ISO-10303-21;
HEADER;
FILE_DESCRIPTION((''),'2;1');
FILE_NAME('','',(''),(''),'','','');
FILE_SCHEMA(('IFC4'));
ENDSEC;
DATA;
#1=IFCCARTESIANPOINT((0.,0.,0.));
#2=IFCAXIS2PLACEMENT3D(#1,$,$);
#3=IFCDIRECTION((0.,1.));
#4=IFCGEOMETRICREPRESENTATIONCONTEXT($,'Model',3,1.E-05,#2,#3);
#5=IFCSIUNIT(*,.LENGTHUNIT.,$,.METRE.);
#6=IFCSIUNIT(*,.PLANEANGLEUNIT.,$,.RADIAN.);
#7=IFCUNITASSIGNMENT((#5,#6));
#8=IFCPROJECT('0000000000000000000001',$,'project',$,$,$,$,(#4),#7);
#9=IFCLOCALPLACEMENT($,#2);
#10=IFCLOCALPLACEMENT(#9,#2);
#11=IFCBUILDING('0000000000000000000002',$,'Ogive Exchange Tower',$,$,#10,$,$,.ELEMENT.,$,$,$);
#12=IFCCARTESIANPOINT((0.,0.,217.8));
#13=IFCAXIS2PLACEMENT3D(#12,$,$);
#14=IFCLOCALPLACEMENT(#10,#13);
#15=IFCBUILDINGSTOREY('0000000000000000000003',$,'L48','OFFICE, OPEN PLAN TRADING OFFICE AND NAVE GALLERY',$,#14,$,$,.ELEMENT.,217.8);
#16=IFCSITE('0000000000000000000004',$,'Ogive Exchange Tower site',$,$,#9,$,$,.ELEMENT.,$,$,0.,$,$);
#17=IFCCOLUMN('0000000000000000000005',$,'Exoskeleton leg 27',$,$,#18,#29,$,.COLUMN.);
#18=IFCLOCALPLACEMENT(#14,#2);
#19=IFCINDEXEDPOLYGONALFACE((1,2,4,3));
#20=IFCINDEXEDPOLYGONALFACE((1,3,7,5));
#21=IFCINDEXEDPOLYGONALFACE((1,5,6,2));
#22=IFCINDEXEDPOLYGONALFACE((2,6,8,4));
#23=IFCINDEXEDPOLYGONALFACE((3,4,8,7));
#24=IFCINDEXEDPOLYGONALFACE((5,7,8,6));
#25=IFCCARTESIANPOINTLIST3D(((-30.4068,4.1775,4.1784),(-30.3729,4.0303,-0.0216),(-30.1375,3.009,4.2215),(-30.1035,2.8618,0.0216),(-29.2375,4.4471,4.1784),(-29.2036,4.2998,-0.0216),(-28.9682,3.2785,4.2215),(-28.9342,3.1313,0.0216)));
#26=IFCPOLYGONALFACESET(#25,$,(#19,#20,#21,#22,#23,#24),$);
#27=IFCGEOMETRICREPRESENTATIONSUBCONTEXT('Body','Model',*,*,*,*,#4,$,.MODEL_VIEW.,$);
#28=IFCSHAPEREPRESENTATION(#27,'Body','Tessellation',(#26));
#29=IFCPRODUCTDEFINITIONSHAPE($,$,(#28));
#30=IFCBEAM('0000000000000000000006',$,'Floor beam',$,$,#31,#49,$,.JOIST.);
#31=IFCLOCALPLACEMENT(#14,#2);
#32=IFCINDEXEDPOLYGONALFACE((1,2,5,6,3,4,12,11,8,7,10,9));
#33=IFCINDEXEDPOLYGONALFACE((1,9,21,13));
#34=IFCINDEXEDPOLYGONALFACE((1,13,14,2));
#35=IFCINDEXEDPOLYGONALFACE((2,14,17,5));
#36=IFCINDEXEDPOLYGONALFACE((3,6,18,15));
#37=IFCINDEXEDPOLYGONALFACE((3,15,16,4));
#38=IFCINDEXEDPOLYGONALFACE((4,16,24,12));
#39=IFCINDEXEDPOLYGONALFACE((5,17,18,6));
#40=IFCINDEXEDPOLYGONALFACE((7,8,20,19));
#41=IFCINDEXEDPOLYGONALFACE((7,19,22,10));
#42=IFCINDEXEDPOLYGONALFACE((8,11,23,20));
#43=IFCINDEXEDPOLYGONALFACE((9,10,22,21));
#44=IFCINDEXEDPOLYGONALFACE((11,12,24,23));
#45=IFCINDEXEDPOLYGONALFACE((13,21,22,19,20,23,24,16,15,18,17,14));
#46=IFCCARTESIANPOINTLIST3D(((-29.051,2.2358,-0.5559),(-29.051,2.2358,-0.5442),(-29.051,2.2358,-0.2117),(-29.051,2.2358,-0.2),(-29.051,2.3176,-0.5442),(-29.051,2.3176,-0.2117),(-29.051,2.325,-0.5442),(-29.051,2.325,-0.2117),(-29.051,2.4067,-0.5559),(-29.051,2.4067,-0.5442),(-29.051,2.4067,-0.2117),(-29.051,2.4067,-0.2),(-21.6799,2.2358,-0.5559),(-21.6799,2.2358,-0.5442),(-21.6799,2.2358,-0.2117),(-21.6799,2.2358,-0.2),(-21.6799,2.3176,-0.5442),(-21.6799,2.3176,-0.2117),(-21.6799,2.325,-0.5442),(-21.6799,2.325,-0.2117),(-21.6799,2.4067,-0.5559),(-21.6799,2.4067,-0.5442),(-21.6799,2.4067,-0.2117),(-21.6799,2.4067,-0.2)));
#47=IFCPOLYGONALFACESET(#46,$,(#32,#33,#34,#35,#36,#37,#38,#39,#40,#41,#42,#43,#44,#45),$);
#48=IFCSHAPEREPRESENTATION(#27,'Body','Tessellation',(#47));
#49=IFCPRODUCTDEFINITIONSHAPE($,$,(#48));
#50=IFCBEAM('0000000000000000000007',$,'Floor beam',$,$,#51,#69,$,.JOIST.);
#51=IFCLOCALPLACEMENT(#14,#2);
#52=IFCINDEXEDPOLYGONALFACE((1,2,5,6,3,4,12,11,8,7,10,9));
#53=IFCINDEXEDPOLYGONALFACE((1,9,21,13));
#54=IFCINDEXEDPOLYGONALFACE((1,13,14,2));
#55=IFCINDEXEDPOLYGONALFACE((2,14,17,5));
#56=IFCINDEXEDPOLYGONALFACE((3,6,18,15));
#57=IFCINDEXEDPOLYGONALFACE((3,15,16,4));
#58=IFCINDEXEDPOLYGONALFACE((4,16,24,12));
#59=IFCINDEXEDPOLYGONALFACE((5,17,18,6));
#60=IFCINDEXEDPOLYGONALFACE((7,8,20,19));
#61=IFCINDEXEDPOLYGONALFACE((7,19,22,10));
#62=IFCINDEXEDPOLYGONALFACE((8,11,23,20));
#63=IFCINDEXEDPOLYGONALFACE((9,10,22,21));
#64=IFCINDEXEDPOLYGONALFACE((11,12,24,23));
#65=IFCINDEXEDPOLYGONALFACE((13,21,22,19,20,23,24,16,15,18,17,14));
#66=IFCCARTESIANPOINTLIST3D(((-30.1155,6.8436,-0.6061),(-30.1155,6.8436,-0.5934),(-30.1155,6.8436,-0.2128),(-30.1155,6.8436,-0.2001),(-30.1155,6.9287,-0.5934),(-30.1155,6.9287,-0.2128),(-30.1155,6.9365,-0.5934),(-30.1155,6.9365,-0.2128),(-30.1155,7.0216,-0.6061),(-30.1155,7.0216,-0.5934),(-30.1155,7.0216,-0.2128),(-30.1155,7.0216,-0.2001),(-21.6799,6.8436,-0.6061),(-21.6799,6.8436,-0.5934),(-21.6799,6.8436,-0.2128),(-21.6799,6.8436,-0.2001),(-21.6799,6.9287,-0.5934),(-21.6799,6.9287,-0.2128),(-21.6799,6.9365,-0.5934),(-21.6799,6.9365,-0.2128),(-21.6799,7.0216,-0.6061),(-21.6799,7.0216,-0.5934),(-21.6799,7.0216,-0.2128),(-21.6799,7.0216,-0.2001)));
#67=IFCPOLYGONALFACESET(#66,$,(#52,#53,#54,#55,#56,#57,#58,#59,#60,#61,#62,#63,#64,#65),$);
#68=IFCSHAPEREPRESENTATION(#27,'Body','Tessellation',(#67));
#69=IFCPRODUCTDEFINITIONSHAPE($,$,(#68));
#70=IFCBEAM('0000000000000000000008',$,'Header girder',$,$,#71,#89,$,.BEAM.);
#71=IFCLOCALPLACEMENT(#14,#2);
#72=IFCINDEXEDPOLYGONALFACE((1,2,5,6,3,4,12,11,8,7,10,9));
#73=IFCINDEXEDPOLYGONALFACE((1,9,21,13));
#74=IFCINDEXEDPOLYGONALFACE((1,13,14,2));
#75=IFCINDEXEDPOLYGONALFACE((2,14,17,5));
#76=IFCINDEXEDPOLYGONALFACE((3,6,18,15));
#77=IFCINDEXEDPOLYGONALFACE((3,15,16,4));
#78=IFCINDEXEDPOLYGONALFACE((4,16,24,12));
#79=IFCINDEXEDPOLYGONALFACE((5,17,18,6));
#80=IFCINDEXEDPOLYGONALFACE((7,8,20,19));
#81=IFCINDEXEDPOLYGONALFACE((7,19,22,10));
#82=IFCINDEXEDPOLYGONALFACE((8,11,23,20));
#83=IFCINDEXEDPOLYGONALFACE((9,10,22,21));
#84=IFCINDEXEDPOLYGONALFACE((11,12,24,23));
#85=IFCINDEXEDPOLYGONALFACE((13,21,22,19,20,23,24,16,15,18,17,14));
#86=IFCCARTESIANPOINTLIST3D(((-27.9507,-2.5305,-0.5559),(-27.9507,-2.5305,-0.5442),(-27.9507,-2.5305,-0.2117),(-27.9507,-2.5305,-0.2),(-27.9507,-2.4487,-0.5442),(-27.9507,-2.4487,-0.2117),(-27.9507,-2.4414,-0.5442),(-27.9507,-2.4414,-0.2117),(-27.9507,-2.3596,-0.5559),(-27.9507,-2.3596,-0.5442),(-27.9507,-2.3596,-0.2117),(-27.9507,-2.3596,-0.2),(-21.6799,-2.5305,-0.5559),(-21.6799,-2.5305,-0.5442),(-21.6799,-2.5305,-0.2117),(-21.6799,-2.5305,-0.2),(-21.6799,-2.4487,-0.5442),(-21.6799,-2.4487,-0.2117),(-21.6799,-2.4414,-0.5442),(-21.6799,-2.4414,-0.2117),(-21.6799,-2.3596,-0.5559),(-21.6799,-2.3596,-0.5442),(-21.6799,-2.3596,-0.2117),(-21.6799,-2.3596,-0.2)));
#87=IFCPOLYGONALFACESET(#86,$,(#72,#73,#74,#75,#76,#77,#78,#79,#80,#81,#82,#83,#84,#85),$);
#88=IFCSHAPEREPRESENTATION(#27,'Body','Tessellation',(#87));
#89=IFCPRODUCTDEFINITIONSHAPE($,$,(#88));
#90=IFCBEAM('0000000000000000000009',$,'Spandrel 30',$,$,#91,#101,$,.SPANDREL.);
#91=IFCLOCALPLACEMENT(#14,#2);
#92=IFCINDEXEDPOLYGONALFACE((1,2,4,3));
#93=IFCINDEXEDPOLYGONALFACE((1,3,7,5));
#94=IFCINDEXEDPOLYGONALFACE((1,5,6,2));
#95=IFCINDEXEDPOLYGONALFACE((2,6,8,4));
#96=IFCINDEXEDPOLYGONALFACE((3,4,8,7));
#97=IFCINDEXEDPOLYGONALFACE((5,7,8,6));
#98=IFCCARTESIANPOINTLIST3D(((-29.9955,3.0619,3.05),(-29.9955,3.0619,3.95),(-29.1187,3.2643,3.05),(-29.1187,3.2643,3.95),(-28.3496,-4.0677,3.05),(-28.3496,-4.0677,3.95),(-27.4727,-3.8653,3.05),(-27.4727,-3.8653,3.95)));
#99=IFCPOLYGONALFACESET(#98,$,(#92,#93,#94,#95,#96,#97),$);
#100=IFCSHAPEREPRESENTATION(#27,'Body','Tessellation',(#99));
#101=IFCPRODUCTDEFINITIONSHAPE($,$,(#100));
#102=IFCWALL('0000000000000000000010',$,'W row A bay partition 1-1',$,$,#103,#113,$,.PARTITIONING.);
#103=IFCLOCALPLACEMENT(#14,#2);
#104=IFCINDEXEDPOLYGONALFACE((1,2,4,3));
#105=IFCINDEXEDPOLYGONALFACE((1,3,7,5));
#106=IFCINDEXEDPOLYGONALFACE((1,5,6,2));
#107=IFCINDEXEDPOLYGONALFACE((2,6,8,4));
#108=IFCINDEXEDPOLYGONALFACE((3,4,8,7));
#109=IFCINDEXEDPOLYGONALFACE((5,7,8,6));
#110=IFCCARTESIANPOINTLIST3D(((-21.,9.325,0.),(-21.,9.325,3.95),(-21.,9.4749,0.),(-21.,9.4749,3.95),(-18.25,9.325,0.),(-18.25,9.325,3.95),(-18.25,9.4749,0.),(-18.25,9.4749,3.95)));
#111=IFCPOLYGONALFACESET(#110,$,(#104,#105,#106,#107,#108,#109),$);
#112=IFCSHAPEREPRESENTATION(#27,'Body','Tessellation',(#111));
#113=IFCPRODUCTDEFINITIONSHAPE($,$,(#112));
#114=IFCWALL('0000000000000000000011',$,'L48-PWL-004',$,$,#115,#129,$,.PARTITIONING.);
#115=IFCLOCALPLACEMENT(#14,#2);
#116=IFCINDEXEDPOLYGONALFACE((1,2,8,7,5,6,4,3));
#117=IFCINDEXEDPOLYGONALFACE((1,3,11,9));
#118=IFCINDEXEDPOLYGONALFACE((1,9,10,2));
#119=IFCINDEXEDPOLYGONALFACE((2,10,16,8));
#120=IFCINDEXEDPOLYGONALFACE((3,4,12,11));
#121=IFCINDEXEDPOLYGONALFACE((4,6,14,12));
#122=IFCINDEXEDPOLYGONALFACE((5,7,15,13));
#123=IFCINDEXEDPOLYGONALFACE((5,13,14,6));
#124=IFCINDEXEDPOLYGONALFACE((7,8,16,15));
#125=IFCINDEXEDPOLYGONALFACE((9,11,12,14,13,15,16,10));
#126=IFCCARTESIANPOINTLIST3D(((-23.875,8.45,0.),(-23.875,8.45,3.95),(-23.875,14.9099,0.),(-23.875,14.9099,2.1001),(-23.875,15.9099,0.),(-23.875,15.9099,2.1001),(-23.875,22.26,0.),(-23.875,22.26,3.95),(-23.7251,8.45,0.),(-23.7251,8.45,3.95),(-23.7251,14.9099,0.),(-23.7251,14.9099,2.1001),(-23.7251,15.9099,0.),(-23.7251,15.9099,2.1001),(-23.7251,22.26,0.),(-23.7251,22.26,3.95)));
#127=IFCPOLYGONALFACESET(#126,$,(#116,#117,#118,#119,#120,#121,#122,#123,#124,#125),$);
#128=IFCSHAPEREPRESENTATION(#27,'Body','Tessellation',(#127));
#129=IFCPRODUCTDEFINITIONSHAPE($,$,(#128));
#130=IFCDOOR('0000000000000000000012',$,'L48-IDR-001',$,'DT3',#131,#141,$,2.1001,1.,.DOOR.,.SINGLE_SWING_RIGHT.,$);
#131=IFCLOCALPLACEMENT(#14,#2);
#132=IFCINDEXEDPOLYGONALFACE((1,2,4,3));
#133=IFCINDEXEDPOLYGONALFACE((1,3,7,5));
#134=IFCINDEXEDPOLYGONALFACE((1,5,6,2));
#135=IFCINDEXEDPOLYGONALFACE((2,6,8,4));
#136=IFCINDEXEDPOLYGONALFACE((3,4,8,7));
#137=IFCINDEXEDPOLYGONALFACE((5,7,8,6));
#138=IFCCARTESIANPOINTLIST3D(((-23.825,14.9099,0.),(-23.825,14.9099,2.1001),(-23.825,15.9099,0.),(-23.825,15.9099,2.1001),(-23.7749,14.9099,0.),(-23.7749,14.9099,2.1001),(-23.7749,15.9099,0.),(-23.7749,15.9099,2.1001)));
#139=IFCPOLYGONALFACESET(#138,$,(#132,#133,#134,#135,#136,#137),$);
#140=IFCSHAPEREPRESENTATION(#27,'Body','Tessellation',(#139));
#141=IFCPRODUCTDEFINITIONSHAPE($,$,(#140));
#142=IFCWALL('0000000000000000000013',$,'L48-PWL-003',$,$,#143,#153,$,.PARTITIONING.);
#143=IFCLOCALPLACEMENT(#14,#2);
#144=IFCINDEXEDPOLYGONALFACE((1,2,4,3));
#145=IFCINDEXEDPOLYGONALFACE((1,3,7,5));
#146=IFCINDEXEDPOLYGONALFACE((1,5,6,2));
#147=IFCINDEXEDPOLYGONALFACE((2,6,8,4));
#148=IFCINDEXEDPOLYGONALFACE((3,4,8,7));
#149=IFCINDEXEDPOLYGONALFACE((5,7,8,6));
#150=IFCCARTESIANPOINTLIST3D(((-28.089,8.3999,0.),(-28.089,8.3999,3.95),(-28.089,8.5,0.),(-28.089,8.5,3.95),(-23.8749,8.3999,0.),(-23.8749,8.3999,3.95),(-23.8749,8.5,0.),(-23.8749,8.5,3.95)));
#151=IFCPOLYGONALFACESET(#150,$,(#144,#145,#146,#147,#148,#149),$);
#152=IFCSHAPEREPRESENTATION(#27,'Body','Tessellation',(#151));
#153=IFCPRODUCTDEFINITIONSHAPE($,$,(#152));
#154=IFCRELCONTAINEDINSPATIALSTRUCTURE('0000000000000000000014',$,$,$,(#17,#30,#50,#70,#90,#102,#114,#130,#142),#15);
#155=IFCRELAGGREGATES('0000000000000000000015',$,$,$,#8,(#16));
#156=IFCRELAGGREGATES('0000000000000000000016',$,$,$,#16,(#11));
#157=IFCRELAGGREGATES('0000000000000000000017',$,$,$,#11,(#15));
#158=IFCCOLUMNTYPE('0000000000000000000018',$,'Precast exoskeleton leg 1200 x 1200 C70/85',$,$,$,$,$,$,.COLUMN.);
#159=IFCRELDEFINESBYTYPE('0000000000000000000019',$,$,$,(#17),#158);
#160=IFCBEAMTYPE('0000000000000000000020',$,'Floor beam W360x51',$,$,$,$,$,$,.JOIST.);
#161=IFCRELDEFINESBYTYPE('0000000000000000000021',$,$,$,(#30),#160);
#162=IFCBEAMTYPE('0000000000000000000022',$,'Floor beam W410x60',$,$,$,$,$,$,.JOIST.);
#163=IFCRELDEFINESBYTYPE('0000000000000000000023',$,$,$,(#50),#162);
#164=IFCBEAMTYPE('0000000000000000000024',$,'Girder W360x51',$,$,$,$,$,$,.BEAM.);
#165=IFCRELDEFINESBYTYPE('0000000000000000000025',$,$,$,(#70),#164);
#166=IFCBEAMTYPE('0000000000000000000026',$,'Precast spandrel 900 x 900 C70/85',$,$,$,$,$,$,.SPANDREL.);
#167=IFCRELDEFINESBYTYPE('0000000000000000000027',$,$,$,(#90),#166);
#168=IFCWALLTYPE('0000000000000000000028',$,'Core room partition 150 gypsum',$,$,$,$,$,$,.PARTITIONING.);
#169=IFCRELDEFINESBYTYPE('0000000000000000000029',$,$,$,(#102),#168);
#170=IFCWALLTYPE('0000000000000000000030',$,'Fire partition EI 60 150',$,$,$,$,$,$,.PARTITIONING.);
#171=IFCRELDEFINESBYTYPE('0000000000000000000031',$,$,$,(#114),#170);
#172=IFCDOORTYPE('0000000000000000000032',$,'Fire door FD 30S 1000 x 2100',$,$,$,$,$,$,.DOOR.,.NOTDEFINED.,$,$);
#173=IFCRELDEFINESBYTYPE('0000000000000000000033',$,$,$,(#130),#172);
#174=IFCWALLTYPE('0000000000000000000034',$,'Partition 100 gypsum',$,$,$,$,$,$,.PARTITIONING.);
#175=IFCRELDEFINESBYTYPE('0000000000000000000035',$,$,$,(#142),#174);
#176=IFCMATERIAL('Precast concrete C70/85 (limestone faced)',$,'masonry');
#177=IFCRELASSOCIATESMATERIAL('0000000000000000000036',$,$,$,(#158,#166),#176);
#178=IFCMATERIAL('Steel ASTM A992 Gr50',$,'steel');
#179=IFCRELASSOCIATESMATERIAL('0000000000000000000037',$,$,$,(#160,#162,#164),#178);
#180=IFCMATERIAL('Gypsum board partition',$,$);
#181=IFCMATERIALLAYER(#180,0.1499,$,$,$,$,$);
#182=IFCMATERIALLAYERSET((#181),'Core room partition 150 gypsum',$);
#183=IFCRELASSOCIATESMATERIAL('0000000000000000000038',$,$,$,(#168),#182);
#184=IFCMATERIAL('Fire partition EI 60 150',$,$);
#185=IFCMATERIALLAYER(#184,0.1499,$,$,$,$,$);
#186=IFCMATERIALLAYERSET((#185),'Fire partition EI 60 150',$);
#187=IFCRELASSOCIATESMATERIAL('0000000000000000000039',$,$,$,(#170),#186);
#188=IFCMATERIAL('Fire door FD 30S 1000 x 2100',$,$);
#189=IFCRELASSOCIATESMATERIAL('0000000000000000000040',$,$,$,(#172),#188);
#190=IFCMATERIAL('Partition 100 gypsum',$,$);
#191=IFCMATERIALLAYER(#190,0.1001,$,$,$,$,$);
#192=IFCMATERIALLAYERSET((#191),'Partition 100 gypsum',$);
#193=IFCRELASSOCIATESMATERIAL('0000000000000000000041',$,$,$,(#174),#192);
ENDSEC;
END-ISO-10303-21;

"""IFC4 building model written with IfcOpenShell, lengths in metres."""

from ifc_helpers import new_model, si_unit, direction, frame, frame_2d, origin, origin_2d, place, context, subcontext, project, spatial, rectangle, i_section, extrude, material, layer, layer_set, material_profile, profile_set, type_object, element, fill, save


model = new_model("IFC4")

# Units and contexts
model_context = context("Model", 3, precision=1e-05, world=origin(), true_north=direction((0.0, 1.0)))
body_context = subcontext(model_context, "Body", "Model", "MODEL_VIEW")
ifc_project = project(units=[si_unit("LENGTHUNIT", "METRE"), si_unit("PLANEANGLEUNIT", "RADIAN")], contexts=[model_context])

# Site, building, storey
site_placement = place(None, origin())
site = spatial("IfcSite", under=ifc_project, at=site_placement, Name="Ogive Exchange Tower site", CompositionType="ELEMENT", RefElevation=0.0)
building_placement = place(site_placement, origin())
building = spatial("IfcBuilding", under=site, at=building_placement, Name="Ogive Exchange Tower", CompositionType="ELEMENT")
storey_placement = place(building_placement, frame((0.0, 0.0, 217.8)))
storey = spatial("IfcBuildingStorey", under=building, at=storey_placement, Name="L48", Description="OFFICE, OPEN PLAN TRADING OFFICE AND NAVE GALLERY", CompositionType="ELEMENT", Elevation=217.8)

# Column
ifc_material_1 = material(Name="Precast concrete C70/85 (limestone faced)", Category="masonry")
ifc_material_profile_1 = material_profile(ifc_material_1, rectangle(XDim=1.2, YDim=1.2, at=origin_2d()), Name="1200 x 1200")
ifc_profile_set_1 = profile_set([ifc_material_profile_1], Name="Precast concrete C70/85 (limestone faced)")
column_type = type_object("IfcColumnType", Name="Precast exoskeleton leg 1200 x 1200 C70/85", PredefinedType="COLUMN", material=ifc_profile_set_1)
column_placement = place(storey_placement, frame((-29.6536, 3.5808, 0.0), z_axis=(-0.008075, 0.035029, 0.999354), x_axis=(-0.974446, -0.224623, 0.0)))
element("IfcColumn", 1, at=column_placement, inside=storey, type_object=column_type, Name="Exoskeleton leg 27", PredefinedType="COLUMN", context=body_context, shape_type="SweptSolid", body=[
    extrude(rectangle(XDim=1.2, YDim=1.2, at=origin_2d()), origin(), (0.0, 0.0, 1.0), 4.2026),
])

# Beams
ifc_material_2 = material(Name="Steel ASTM A992 Gr50", Category="steel")
ifc_material_profile_2 = material_profile(ifc_material_2, i_section(OverallWidth=0.1709, OverallDepth=0.356, WebThickness=0.0073, FlangeThickness=0.0117, at=origin_2d()), Name="W360x51")
ifc_profile_set_2 = profile_set([ifc_material_profile_2], Name="Steel ASTM A992 Gr50")
beam_type_1 = type_object("IfcBeamType", Name="Floor beam W360x51", PredefinedType="JOIST", material=ifc_profile_set_2)
beam_1_placement = place(storey_placement, frame((-29.051, 2.3213, -0.3779), z_axis=(1.0, 0.0, 0.0), x_axis=(0.0, 1.0, 0.0)))
element("IfcBeam", 2, at=beam_1_placement, inside=storey, type_object=beam_type_1, Name="Floor beam", PredefinedType="JOIST", context=body_context, shape_type="SweptSolid", body=[
    extrude(i_section(OverallWidth=0.1709, OverallDepth=0.356, WebThickness=0.0073, FlangeThickness=0.0117, at=origin_2d()), origin(), (0.0, 0.0, 1.0), 7.3711),
])
ifc_material_profile_3 = material_profile(ifc_material_2, i_section(OverallWidth=0.178, OverallDepth=0.406, WebThickness=0.0078, FlangeThickness=0.0127, at=origin_2d()), Name="W410x60")
ifc_profile_set_3 = profile_set([ifc_material_profile_3], Name="Steel ASTM A992 Gr50")
beam_type_2 = type_object("IfcBeamType", Name="Floor beam W410x60", PredefinedType="JOIST", material=ifc_profile_set_3)
beam_2_placement = place(storey_placement, frame((-30.1155, 6.9326, -0.4031), z_axis=(1.0, 0.0, 0.0), x_axis=(0.0, 1.0, 0.0)))
element("IfcBeam", 3, at=beam_2_placement, inside=storey, type_object=beam_type_2, Name="Floor beam", PredefinedType="JOIST", context=body_context, shape_type="SweptSolid", body=[
    extrude(i_section(OverallWidth=0.178, OverallDepth=0.406, WebThickness=0.0078, FlangeThickness=0.0127, at=origin_2d()), origin(), (0.0, 0.0, 1.0), 8.4355),
])
ifc_material_profile_4 = material_profile(ifc_material_2, i_section(OverallWidth=0.1709, OverallDepth=0.356, WebThickness=0.0073, FlangeThickness=0.0117, at=origin_2d()), Name="W360x51")
ifc_profile_set_4 = profile_set([ifc_material_profile_4], Name="Steel ASTM A992 Gr50")
beam_type_3 = type_object("IfcBeamType", Name="Girder W360x51", PredefinedType="BEAM", material=ifc_profile_set_4)
beam_3_placement = place(storey_placement, frame((-27.9507, -2.4451, -0.3779), z_axis=(1.0, 0.0, 0.0), x_axis=(0.0, 1.0, 0.0)))
element("IfcBeam", 4, at=beam_3_placement, inside=storey, type_object=beam_type_3, Name="Header girder", PredefinedType="BEAM", context=body_context, shape_type="SweptSolid", body=[
    extrude(i_section(OverallWidth=0.1709, OverallDepth=0.356, WebThickness=0.0073, FlangeThickness=0.0117, at=origin_2d()), origin(), (0.0, 0.0, 1.0), 6.2708),
])
ifc_material_profile_5 = material_profile(ifc_material_1, rectangle(XDim=0.8999, YDim=0.8999, at=origin_2d()), Name="900 x 900")
ifc_profile_set_5 = profile_set([ifc_material_profile_5], Name="Precast concrete C70/85 (limestone faced)")
beam_type_4 = type_object("IfcBeamType", Name="Precast spandrel 900 x 900 C70/85", PredefinedType="SPANDREL", material=ifc_profile_set_5)
beam_4_placement = place(storey_placement, frame((-29.5571, 3.1631, 3.5), z_axis=(0.22495, -0.97437, 0.0), x_axis=(0.97437, 0.22495, 0.0)))
element("IfcBeam", 5, at=beam_4_placement, inside=storey, type_object=beam_type_4, Name="Spandrel 30", PredefinedType="SPANDREL", context=body_context, shape_type="SweptSolid", body=[
    extrude(rectangle(XDim=0.8999, YDim=0.8999, at=origin_2d()), origin(), (0.0, 0.0, 1.0), 7.3171),
])

# Wall
ifc_material_3 = material(Name="Gypsum board partition")
ifc_layer_1 = layer(ifc_material_3, 0.1499)
ifc_layer_set_1 = layer_set([ifc_layer_1], Name="Core room partition 150 gypsum")
wall_type_1 = type_object("IfcWallType", Name="Core room partition 150 gypsum", PredefinedType="PARTITIONING", material=ifc_layer_set_1)
wall_1_placement = place(storey_placement, frame((-21.0, 9.3999, 0.0), z_axis=(0.0, 0.0, 1.0), x_axis=(1.0, 0.0, 0.0)))
element("IfcWall", 6, at=wall_1_placement, inside=storey, type_object=wall_type_1, Name="W row A bay partition 1-1", PredefinedType="PARTITIONING", context=body_context, shape_type="SweptSolid", body=[
    extrude(rectangle(XDim=2.75, YDim=0.1499, at=frame_2d((1.375, 0.0))), origin(), (0.0, 0.0, 1.0), 3.95),
])

# Wall, opening, door
ifc_material_4 = material(Name="Fire partition EI 60 150")
ifc_layer_2 = layer(ifc_material_4, 0.1499)
ifc_layer_set_2 = layer_set([ifc_layer_2], Name="Fire partition EI 60 150")
wall_type_2 = type_object("IfcWallType", Name="Fire partition EI 60 150", PredefinedType="PARTITIONING", material=ifc_layer_set_2)
wall_2_placement = place(storey_placement, frame((-23.8, 8.45, 0.0), z_axis=(0.0, 0.0, 1.0), x_axis=(0.0, 1.0, 0.0)))
wall_2 = element("IfcWall", 7, at=wall_2_placement, inside=storey, type_object=wall_type_2, Name="L48-PWL-004", PredefinedType="PARTITIONING", context=body_context, shape_type="SweptSolid", body=[
    extrude(rectangle(XDim=13.8101, YDim=0.1499, at=frame_2d((6.905, 0.0))), origin(), (0.0, 0.0, 1.0), 3.95),
])
opening_1_placement = place(wall_2_placement, frame((6.46, 0.0, 0.0)))
opening_1 = element("IfcOpeningElement", 8, at=opening_1_placement, cuts=wall_2, PredefinedType="OPENING", context=body_context, shape_type="SweptSolid", body=[
    extrude(rectangle(XDim=1.0, YDim=2.1001, at=frame_2d((0.5, 1.05))), frame((0.0, 0.085, 0.0), z_axis=(0.0, -1.0, 0.0), x_axis=(1.0, 0.0, 0.0)), (0.0, 0.0, 1.0), 0.1699),
])
ifc_material_5 = material(Name="Fire door FD 30S 1000 x 2100")
door_type_1 = type_object("IfcDoorType", Name="Fire door FD 30S 1000 x 2100", OperationType="NOTDEFINED", PredefinedType="DOOR", material=ifc_material_5)
door_1_placement = place(opening_1_placement, origin())
door_1 = element("IfcDoor", 9, at=door_1_placement, inside=storey, type_object=door_type_1, Name="L48-IDR-001", ObjectType="DT3", OperationType="SINGLE_SWING_RIGHT", OverallHeight=2.1001, OverallWidth=1.0, PredefinedType="DOOR", context=body_context, shape_type="SweptSolid", body=[
    extrude(rectangle(XDim=1.0, YDim=2.1001, at=frame_2d((0.5, 1.05))), frame((0.0, 0.0249, 0.0), z_axis=(0.0, -1.0, 0.0), x_axis=(1.0, 0.0, 0.0)), (0.0, 0.0, 1.0), 0.05),
])
fill(opening_1, door_1)

# Wall
ifc_material_6 = material(Name="Partition 100 gypsum")
ifc_layer_3 = layer(ifc_material_6, 0.1001)
ifc_layer_set_3 = layer_set([ifc_layer_3], Name="Partition 100 gypsum")
wall_type_3 = type_object("IfcWallType", Name="Partition 100 gypsum", PredefinedType="PARTITIONING", material=ifc_layer_set_3)
wall_3_placement = place(storey_placement, frame((-23.875, 8.45, 0.0), z_axis=(0.0, 0.0, 1.0), x_axis=(-1.0, 0.0, 0.0)))
element("IfcWall", 10, at=wall_3_placement, inside=storey, type_object=wall_type_3, Name="L48-PWL-003", PredefinedType="PARTITIONING", context=body_context, shape_type="SweptSolid", body=[
    extrude(rectangle(XDim=4.2141, YDim=0.1001, at=frame_2d((2.1069, 0.0))), origin(), (0.0, 0.0, 1.0), 3.95),
])

save(model, "model.ifc")
